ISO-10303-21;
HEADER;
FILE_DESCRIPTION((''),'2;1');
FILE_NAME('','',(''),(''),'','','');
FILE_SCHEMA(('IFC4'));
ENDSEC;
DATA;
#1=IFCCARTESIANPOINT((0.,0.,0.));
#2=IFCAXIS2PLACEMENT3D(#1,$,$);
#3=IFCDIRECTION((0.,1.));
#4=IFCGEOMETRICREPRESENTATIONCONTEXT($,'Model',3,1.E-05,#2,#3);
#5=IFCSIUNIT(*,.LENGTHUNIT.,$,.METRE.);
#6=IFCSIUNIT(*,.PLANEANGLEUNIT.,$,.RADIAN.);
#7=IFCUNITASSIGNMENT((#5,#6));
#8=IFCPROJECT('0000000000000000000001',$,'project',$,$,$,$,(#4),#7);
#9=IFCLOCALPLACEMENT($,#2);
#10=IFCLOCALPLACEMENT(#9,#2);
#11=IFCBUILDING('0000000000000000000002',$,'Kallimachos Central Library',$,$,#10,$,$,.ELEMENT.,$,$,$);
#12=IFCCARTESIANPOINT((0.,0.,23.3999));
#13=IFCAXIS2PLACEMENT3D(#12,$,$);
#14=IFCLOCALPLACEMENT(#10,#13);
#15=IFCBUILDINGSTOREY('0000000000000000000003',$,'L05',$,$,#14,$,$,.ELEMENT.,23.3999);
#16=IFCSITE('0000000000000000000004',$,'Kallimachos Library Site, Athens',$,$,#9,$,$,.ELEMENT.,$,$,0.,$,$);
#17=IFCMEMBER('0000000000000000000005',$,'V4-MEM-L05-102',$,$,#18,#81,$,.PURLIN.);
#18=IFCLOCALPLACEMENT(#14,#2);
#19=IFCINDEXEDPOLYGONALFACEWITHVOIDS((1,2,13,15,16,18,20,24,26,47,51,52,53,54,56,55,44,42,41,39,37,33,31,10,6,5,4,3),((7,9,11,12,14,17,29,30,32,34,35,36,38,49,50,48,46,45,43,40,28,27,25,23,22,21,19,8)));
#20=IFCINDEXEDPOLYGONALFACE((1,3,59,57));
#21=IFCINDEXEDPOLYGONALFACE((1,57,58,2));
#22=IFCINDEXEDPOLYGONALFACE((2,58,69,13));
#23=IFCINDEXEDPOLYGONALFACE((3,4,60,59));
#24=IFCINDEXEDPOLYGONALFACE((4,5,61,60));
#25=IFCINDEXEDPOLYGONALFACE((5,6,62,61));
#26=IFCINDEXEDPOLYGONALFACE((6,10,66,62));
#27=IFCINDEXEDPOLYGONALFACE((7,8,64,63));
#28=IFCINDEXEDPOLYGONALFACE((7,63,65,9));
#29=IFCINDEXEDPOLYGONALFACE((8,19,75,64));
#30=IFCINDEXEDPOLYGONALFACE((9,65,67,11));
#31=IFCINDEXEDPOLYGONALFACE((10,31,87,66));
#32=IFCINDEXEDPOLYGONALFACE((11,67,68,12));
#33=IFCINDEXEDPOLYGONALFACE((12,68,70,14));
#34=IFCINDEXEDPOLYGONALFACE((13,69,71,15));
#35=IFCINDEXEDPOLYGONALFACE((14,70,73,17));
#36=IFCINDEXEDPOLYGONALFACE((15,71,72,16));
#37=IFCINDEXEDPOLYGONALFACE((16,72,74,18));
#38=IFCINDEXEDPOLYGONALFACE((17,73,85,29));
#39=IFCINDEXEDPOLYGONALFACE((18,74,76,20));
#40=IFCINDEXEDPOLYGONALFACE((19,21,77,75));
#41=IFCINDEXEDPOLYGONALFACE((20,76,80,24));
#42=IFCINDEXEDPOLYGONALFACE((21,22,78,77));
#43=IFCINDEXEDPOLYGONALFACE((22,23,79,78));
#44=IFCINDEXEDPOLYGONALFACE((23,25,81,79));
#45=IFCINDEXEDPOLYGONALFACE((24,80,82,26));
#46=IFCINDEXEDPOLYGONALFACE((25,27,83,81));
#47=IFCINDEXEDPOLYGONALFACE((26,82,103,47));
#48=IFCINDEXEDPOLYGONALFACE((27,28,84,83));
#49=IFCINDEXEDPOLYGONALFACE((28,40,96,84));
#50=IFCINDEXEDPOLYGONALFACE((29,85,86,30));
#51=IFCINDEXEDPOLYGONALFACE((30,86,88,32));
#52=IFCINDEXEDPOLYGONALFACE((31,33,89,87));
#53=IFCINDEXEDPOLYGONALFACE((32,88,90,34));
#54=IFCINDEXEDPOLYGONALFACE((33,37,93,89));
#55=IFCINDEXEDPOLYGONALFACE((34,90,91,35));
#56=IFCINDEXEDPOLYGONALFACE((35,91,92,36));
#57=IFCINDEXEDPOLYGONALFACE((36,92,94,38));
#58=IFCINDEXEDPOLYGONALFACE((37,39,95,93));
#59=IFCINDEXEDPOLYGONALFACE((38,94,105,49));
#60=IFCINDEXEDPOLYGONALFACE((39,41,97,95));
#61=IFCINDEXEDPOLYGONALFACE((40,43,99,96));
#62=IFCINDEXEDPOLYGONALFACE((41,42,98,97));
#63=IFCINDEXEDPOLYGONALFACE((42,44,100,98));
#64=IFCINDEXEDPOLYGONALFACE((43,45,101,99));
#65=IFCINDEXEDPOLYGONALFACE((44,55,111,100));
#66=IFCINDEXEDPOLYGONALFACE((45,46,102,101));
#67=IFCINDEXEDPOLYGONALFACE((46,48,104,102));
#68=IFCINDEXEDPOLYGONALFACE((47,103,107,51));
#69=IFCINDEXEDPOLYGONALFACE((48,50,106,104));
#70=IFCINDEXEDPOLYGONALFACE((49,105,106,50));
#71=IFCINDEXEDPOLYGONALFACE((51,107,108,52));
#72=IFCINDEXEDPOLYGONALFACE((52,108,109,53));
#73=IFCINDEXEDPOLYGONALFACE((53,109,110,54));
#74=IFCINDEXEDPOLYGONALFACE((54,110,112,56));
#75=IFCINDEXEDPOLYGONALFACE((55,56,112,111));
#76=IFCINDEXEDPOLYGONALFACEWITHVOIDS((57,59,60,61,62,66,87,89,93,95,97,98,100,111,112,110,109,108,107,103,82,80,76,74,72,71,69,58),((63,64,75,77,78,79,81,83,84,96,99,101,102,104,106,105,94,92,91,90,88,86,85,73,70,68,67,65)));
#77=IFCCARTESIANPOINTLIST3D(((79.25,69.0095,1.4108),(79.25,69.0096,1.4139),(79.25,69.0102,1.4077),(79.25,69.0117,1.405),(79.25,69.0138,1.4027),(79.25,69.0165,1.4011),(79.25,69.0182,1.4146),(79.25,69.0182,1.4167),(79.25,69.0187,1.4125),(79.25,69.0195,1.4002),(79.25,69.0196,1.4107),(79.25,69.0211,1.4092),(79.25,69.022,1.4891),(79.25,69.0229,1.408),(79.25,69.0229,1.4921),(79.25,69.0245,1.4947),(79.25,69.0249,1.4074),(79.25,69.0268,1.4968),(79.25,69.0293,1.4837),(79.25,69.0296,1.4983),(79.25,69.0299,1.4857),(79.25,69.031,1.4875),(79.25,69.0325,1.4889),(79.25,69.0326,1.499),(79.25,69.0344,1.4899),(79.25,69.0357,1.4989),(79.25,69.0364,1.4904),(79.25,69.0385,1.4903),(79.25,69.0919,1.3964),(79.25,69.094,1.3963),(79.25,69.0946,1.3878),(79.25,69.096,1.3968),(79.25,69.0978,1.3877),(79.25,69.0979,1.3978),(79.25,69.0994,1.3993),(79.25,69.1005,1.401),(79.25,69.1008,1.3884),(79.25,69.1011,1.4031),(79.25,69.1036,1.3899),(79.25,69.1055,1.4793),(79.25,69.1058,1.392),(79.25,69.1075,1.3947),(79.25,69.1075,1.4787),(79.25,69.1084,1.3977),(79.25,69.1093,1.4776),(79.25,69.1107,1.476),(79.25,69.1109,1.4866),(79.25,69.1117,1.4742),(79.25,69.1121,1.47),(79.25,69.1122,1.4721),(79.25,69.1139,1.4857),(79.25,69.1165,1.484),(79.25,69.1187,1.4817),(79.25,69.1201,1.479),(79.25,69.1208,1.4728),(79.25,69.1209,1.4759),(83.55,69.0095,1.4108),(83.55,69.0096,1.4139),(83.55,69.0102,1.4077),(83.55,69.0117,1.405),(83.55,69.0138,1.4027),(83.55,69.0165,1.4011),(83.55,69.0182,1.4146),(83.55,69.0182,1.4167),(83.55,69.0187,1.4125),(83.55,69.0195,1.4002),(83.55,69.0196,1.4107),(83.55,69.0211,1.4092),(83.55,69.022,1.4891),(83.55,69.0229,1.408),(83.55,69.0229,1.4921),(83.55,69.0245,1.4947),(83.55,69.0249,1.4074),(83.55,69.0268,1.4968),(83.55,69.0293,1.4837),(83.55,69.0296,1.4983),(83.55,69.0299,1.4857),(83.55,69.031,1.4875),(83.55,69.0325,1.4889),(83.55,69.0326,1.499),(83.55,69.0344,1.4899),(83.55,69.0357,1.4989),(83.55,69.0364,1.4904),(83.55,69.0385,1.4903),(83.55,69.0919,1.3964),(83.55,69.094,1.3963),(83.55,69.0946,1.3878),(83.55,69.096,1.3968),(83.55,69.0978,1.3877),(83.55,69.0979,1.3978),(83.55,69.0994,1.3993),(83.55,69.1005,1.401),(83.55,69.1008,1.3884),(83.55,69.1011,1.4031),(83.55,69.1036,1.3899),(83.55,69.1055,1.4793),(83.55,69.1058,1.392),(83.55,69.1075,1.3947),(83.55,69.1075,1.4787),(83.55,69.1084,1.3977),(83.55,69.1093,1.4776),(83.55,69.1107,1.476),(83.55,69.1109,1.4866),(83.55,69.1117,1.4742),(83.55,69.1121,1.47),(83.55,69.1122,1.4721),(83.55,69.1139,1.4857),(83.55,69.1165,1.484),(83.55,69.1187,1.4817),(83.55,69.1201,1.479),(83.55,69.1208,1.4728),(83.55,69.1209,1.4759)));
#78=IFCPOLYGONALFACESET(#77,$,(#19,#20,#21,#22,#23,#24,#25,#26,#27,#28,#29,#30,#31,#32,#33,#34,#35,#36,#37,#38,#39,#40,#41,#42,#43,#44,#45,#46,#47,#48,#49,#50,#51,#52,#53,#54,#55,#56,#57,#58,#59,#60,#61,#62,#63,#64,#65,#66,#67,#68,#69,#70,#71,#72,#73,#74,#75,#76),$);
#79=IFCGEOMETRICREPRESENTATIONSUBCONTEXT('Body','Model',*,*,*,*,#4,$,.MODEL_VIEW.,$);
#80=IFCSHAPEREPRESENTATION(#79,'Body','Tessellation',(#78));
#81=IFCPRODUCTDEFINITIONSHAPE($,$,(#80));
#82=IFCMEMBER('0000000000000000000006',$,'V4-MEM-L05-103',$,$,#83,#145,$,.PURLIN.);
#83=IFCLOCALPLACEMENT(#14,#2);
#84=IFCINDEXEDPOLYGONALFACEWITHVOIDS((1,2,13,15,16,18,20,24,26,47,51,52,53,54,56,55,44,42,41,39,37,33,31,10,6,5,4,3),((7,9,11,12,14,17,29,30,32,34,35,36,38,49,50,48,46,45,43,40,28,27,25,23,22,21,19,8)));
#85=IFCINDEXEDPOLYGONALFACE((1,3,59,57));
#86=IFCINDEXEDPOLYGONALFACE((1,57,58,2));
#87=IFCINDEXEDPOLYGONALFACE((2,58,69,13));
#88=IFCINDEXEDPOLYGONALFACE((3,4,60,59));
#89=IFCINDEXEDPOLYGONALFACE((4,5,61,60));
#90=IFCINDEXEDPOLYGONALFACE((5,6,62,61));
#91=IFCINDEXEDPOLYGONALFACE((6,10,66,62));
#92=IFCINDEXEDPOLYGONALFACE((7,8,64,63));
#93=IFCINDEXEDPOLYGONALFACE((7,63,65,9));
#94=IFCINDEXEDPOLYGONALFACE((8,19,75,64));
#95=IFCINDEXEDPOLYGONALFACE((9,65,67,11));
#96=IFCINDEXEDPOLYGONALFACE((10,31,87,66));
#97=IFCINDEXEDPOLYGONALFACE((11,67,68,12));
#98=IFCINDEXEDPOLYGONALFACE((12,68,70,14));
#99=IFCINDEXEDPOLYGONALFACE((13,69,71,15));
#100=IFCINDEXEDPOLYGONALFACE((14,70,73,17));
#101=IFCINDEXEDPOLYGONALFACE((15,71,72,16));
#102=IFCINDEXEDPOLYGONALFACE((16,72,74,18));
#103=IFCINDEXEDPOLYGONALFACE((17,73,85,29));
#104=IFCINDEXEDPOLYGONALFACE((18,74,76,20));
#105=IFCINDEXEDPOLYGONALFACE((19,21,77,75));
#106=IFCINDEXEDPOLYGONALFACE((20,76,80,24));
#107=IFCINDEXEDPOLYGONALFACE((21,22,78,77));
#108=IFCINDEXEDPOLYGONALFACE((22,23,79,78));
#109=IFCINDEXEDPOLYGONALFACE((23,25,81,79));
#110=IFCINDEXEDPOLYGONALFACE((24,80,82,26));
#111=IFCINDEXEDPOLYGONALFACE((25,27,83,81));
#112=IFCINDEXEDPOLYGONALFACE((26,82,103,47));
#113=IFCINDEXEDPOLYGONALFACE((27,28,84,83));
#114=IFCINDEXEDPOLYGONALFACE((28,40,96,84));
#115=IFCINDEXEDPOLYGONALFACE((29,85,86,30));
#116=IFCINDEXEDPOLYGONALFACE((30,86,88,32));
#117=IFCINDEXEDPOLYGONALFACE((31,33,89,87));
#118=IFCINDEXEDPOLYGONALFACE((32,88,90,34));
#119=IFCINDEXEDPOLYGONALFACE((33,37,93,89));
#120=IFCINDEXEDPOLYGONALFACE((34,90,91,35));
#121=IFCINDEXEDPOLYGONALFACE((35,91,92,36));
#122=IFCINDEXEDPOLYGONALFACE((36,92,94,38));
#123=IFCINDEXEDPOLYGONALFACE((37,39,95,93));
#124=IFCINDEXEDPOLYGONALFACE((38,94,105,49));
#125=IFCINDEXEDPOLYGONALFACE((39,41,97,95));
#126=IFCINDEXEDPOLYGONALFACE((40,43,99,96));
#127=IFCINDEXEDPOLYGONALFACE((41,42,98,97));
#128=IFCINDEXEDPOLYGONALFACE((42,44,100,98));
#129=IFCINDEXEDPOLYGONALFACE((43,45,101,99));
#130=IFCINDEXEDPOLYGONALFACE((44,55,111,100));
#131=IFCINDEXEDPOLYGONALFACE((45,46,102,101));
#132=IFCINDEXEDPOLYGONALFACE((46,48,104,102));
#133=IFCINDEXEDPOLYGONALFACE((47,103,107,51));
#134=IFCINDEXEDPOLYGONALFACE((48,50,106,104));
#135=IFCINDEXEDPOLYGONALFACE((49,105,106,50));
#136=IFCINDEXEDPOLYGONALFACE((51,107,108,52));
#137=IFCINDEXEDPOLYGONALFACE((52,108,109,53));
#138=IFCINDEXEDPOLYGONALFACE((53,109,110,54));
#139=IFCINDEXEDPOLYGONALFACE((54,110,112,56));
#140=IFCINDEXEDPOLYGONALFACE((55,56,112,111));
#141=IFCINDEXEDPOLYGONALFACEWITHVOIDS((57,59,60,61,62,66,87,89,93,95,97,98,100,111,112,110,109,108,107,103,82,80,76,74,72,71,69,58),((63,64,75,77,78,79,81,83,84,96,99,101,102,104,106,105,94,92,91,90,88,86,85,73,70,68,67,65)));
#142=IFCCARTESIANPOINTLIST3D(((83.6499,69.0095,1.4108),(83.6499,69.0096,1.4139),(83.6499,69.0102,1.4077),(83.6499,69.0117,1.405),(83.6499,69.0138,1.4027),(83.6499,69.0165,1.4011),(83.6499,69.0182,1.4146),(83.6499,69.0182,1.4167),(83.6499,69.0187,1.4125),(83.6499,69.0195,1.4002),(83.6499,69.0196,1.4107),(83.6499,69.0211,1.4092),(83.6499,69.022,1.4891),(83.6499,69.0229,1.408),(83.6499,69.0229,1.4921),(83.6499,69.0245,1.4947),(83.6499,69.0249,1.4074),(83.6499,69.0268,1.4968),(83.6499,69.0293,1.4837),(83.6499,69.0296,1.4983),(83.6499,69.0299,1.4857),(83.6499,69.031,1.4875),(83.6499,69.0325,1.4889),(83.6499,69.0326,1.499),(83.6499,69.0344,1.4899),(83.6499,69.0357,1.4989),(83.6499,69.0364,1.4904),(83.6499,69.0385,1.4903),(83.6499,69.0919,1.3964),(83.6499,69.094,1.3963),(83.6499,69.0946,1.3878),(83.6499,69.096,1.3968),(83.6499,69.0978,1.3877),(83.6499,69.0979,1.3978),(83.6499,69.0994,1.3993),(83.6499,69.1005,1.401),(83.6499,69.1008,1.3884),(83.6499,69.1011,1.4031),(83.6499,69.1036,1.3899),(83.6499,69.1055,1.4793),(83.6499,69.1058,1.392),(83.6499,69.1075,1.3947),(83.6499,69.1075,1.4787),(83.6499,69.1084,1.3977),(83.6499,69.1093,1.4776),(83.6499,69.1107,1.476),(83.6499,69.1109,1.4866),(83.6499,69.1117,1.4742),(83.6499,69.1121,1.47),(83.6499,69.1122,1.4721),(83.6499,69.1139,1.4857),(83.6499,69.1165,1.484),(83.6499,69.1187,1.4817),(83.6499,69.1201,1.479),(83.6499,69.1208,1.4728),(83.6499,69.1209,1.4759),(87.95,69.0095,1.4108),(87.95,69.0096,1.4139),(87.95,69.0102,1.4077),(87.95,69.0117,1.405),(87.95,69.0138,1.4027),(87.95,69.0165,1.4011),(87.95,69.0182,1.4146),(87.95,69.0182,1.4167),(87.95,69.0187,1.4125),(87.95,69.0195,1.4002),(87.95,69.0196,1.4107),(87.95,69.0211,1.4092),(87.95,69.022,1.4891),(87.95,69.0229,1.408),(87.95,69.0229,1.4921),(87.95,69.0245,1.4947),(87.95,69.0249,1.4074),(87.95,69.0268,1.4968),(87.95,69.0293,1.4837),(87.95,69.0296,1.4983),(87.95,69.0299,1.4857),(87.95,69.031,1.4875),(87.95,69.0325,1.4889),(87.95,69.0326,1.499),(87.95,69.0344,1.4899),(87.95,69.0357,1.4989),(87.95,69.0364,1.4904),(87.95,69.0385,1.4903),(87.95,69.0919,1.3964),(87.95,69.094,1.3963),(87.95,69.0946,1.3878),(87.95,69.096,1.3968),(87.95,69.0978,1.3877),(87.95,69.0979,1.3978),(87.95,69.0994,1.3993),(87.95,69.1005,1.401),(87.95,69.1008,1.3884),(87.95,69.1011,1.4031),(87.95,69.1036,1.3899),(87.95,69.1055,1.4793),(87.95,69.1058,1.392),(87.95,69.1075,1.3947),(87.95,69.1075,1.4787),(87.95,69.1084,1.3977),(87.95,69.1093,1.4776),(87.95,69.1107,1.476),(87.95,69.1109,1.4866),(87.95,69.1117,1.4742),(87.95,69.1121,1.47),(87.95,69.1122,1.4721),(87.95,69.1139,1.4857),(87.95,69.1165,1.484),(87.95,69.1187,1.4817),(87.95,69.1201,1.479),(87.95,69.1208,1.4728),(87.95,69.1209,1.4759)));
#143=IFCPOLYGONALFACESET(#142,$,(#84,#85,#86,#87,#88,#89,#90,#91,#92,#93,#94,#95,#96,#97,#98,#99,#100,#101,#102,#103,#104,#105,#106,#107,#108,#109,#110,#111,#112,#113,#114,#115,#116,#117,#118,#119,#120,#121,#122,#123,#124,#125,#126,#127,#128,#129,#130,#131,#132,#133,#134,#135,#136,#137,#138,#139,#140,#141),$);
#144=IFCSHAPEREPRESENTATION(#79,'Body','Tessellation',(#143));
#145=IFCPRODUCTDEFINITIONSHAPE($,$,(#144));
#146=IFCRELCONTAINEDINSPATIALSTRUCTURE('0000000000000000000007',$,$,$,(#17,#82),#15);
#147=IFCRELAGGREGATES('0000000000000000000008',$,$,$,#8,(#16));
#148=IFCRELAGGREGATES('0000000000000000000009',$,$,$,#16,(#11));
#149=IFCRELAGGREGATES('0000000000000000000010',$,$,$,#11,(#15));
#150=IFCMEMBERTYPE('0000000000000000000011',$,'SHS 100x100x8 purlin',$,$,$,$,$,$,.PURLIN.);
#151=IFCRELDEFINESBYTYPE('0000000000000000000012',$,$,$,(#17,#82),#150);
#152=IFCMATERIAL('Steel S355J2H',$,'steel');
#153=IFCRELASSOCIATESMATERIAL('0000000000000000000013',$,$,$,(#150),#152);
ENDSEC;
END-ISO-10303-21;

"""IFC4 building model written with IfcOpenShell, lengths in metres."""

from ifc_helpers import new_model, si_unit, direction, frame, origin, origin_2d, place, context, subcontext, project, spatial, hollow_rectangle, extrude, material, material_profile, profile_set, type_object, element, save


model = new_model("IFC4")

# Units and contexts
model_context = context("Model", 3, precision=1e-05, world=origin(), true_north=direction((0.0, 1.0)))
body_context = subcontext(model_context, "Body", "Model", "MODEL_VIEW")
ifc_project = project(units=[si_unit("LENGTHUNIT", "METRE"), si_unit("PLANEANGLEUNIT", "RADIAN")], contexts=[model_context])

# Site, building, storey
site_placement = place(None, origin())
site = spatial("IfcSite", under=ifc_project, at=site_placement, Name="Kallimachos Library Site, Athens", CompositionType="ELEMENT", RefElevation=0.0)
building_placement = place(site_placement, origin())
building = spatial("IfcBuilding", under=site, at=building_placement, Name="Kallimachos Central Library", CompositionType="ELEMENT")
storey_placement = place(building_placement, frame((0.0, 0.0, 23.3999)))
storey = spatial("IfcBuildingStorey", under=building, at=storey_placement, Name="L05", CompositionType="ELEMENT", Elevation=23.3999)

# Members
ifc_material_1 = material(Name="Steel S355J2H", Category="steel")
ifc_material_profile_1 = material_profile(ifc_material_1, hollow_rectangle(XDim=0.1001, YDim=0.1001, WallThickness=0.0081, InnerFilletRadius=0.0081, OuterFilletRadius=0.012, at=origin_2d()), Name="SHS 100x100x8")
ifc_profile_set_1 = profile_set([ifc_material_profile_1], Name="Steel S355J2H")
member_type_1 = type_object("IfcMemberType", Name="SHS 100x100x8 purlin", PredefinedType="PURLIN", material=ifc_profile_set_1)
for number, where, z_axis, x_axis, name in (
    (1, (79.25, 69.0652, 1.4434), (1.0, 0.0, 0.0), (0.0, 0.986728, -0.16238), "V4-MEM-L05-102"),
    (2, (83.6499, 69.0652, 1.4434), (1.0, 0.0, 0.0), (0.0, 0.986728, -0.16238), "V4-MEM-L05-103"),
):
    element("IfcMember", number, at=place(storey_placement, frame(where, z_axis=z_axis, x_axis=x_axis)), inside=storey, type_object=member_type_1, Name=name, PredefinedType="PURLIN", context=body_context, shape_type="SweptSolid", body=[
        extrude(hollow_rectangle(XDim=0.1001, YDim=0.1001, WallThickness=0.0081, InnerFilletRadius=0.0081, OuterFilletRadius=0.012, at=origin_2d()), origin(), (0.0, 0.0, 1.0), 4.3),
    ])

save(model, "model.ifc")
